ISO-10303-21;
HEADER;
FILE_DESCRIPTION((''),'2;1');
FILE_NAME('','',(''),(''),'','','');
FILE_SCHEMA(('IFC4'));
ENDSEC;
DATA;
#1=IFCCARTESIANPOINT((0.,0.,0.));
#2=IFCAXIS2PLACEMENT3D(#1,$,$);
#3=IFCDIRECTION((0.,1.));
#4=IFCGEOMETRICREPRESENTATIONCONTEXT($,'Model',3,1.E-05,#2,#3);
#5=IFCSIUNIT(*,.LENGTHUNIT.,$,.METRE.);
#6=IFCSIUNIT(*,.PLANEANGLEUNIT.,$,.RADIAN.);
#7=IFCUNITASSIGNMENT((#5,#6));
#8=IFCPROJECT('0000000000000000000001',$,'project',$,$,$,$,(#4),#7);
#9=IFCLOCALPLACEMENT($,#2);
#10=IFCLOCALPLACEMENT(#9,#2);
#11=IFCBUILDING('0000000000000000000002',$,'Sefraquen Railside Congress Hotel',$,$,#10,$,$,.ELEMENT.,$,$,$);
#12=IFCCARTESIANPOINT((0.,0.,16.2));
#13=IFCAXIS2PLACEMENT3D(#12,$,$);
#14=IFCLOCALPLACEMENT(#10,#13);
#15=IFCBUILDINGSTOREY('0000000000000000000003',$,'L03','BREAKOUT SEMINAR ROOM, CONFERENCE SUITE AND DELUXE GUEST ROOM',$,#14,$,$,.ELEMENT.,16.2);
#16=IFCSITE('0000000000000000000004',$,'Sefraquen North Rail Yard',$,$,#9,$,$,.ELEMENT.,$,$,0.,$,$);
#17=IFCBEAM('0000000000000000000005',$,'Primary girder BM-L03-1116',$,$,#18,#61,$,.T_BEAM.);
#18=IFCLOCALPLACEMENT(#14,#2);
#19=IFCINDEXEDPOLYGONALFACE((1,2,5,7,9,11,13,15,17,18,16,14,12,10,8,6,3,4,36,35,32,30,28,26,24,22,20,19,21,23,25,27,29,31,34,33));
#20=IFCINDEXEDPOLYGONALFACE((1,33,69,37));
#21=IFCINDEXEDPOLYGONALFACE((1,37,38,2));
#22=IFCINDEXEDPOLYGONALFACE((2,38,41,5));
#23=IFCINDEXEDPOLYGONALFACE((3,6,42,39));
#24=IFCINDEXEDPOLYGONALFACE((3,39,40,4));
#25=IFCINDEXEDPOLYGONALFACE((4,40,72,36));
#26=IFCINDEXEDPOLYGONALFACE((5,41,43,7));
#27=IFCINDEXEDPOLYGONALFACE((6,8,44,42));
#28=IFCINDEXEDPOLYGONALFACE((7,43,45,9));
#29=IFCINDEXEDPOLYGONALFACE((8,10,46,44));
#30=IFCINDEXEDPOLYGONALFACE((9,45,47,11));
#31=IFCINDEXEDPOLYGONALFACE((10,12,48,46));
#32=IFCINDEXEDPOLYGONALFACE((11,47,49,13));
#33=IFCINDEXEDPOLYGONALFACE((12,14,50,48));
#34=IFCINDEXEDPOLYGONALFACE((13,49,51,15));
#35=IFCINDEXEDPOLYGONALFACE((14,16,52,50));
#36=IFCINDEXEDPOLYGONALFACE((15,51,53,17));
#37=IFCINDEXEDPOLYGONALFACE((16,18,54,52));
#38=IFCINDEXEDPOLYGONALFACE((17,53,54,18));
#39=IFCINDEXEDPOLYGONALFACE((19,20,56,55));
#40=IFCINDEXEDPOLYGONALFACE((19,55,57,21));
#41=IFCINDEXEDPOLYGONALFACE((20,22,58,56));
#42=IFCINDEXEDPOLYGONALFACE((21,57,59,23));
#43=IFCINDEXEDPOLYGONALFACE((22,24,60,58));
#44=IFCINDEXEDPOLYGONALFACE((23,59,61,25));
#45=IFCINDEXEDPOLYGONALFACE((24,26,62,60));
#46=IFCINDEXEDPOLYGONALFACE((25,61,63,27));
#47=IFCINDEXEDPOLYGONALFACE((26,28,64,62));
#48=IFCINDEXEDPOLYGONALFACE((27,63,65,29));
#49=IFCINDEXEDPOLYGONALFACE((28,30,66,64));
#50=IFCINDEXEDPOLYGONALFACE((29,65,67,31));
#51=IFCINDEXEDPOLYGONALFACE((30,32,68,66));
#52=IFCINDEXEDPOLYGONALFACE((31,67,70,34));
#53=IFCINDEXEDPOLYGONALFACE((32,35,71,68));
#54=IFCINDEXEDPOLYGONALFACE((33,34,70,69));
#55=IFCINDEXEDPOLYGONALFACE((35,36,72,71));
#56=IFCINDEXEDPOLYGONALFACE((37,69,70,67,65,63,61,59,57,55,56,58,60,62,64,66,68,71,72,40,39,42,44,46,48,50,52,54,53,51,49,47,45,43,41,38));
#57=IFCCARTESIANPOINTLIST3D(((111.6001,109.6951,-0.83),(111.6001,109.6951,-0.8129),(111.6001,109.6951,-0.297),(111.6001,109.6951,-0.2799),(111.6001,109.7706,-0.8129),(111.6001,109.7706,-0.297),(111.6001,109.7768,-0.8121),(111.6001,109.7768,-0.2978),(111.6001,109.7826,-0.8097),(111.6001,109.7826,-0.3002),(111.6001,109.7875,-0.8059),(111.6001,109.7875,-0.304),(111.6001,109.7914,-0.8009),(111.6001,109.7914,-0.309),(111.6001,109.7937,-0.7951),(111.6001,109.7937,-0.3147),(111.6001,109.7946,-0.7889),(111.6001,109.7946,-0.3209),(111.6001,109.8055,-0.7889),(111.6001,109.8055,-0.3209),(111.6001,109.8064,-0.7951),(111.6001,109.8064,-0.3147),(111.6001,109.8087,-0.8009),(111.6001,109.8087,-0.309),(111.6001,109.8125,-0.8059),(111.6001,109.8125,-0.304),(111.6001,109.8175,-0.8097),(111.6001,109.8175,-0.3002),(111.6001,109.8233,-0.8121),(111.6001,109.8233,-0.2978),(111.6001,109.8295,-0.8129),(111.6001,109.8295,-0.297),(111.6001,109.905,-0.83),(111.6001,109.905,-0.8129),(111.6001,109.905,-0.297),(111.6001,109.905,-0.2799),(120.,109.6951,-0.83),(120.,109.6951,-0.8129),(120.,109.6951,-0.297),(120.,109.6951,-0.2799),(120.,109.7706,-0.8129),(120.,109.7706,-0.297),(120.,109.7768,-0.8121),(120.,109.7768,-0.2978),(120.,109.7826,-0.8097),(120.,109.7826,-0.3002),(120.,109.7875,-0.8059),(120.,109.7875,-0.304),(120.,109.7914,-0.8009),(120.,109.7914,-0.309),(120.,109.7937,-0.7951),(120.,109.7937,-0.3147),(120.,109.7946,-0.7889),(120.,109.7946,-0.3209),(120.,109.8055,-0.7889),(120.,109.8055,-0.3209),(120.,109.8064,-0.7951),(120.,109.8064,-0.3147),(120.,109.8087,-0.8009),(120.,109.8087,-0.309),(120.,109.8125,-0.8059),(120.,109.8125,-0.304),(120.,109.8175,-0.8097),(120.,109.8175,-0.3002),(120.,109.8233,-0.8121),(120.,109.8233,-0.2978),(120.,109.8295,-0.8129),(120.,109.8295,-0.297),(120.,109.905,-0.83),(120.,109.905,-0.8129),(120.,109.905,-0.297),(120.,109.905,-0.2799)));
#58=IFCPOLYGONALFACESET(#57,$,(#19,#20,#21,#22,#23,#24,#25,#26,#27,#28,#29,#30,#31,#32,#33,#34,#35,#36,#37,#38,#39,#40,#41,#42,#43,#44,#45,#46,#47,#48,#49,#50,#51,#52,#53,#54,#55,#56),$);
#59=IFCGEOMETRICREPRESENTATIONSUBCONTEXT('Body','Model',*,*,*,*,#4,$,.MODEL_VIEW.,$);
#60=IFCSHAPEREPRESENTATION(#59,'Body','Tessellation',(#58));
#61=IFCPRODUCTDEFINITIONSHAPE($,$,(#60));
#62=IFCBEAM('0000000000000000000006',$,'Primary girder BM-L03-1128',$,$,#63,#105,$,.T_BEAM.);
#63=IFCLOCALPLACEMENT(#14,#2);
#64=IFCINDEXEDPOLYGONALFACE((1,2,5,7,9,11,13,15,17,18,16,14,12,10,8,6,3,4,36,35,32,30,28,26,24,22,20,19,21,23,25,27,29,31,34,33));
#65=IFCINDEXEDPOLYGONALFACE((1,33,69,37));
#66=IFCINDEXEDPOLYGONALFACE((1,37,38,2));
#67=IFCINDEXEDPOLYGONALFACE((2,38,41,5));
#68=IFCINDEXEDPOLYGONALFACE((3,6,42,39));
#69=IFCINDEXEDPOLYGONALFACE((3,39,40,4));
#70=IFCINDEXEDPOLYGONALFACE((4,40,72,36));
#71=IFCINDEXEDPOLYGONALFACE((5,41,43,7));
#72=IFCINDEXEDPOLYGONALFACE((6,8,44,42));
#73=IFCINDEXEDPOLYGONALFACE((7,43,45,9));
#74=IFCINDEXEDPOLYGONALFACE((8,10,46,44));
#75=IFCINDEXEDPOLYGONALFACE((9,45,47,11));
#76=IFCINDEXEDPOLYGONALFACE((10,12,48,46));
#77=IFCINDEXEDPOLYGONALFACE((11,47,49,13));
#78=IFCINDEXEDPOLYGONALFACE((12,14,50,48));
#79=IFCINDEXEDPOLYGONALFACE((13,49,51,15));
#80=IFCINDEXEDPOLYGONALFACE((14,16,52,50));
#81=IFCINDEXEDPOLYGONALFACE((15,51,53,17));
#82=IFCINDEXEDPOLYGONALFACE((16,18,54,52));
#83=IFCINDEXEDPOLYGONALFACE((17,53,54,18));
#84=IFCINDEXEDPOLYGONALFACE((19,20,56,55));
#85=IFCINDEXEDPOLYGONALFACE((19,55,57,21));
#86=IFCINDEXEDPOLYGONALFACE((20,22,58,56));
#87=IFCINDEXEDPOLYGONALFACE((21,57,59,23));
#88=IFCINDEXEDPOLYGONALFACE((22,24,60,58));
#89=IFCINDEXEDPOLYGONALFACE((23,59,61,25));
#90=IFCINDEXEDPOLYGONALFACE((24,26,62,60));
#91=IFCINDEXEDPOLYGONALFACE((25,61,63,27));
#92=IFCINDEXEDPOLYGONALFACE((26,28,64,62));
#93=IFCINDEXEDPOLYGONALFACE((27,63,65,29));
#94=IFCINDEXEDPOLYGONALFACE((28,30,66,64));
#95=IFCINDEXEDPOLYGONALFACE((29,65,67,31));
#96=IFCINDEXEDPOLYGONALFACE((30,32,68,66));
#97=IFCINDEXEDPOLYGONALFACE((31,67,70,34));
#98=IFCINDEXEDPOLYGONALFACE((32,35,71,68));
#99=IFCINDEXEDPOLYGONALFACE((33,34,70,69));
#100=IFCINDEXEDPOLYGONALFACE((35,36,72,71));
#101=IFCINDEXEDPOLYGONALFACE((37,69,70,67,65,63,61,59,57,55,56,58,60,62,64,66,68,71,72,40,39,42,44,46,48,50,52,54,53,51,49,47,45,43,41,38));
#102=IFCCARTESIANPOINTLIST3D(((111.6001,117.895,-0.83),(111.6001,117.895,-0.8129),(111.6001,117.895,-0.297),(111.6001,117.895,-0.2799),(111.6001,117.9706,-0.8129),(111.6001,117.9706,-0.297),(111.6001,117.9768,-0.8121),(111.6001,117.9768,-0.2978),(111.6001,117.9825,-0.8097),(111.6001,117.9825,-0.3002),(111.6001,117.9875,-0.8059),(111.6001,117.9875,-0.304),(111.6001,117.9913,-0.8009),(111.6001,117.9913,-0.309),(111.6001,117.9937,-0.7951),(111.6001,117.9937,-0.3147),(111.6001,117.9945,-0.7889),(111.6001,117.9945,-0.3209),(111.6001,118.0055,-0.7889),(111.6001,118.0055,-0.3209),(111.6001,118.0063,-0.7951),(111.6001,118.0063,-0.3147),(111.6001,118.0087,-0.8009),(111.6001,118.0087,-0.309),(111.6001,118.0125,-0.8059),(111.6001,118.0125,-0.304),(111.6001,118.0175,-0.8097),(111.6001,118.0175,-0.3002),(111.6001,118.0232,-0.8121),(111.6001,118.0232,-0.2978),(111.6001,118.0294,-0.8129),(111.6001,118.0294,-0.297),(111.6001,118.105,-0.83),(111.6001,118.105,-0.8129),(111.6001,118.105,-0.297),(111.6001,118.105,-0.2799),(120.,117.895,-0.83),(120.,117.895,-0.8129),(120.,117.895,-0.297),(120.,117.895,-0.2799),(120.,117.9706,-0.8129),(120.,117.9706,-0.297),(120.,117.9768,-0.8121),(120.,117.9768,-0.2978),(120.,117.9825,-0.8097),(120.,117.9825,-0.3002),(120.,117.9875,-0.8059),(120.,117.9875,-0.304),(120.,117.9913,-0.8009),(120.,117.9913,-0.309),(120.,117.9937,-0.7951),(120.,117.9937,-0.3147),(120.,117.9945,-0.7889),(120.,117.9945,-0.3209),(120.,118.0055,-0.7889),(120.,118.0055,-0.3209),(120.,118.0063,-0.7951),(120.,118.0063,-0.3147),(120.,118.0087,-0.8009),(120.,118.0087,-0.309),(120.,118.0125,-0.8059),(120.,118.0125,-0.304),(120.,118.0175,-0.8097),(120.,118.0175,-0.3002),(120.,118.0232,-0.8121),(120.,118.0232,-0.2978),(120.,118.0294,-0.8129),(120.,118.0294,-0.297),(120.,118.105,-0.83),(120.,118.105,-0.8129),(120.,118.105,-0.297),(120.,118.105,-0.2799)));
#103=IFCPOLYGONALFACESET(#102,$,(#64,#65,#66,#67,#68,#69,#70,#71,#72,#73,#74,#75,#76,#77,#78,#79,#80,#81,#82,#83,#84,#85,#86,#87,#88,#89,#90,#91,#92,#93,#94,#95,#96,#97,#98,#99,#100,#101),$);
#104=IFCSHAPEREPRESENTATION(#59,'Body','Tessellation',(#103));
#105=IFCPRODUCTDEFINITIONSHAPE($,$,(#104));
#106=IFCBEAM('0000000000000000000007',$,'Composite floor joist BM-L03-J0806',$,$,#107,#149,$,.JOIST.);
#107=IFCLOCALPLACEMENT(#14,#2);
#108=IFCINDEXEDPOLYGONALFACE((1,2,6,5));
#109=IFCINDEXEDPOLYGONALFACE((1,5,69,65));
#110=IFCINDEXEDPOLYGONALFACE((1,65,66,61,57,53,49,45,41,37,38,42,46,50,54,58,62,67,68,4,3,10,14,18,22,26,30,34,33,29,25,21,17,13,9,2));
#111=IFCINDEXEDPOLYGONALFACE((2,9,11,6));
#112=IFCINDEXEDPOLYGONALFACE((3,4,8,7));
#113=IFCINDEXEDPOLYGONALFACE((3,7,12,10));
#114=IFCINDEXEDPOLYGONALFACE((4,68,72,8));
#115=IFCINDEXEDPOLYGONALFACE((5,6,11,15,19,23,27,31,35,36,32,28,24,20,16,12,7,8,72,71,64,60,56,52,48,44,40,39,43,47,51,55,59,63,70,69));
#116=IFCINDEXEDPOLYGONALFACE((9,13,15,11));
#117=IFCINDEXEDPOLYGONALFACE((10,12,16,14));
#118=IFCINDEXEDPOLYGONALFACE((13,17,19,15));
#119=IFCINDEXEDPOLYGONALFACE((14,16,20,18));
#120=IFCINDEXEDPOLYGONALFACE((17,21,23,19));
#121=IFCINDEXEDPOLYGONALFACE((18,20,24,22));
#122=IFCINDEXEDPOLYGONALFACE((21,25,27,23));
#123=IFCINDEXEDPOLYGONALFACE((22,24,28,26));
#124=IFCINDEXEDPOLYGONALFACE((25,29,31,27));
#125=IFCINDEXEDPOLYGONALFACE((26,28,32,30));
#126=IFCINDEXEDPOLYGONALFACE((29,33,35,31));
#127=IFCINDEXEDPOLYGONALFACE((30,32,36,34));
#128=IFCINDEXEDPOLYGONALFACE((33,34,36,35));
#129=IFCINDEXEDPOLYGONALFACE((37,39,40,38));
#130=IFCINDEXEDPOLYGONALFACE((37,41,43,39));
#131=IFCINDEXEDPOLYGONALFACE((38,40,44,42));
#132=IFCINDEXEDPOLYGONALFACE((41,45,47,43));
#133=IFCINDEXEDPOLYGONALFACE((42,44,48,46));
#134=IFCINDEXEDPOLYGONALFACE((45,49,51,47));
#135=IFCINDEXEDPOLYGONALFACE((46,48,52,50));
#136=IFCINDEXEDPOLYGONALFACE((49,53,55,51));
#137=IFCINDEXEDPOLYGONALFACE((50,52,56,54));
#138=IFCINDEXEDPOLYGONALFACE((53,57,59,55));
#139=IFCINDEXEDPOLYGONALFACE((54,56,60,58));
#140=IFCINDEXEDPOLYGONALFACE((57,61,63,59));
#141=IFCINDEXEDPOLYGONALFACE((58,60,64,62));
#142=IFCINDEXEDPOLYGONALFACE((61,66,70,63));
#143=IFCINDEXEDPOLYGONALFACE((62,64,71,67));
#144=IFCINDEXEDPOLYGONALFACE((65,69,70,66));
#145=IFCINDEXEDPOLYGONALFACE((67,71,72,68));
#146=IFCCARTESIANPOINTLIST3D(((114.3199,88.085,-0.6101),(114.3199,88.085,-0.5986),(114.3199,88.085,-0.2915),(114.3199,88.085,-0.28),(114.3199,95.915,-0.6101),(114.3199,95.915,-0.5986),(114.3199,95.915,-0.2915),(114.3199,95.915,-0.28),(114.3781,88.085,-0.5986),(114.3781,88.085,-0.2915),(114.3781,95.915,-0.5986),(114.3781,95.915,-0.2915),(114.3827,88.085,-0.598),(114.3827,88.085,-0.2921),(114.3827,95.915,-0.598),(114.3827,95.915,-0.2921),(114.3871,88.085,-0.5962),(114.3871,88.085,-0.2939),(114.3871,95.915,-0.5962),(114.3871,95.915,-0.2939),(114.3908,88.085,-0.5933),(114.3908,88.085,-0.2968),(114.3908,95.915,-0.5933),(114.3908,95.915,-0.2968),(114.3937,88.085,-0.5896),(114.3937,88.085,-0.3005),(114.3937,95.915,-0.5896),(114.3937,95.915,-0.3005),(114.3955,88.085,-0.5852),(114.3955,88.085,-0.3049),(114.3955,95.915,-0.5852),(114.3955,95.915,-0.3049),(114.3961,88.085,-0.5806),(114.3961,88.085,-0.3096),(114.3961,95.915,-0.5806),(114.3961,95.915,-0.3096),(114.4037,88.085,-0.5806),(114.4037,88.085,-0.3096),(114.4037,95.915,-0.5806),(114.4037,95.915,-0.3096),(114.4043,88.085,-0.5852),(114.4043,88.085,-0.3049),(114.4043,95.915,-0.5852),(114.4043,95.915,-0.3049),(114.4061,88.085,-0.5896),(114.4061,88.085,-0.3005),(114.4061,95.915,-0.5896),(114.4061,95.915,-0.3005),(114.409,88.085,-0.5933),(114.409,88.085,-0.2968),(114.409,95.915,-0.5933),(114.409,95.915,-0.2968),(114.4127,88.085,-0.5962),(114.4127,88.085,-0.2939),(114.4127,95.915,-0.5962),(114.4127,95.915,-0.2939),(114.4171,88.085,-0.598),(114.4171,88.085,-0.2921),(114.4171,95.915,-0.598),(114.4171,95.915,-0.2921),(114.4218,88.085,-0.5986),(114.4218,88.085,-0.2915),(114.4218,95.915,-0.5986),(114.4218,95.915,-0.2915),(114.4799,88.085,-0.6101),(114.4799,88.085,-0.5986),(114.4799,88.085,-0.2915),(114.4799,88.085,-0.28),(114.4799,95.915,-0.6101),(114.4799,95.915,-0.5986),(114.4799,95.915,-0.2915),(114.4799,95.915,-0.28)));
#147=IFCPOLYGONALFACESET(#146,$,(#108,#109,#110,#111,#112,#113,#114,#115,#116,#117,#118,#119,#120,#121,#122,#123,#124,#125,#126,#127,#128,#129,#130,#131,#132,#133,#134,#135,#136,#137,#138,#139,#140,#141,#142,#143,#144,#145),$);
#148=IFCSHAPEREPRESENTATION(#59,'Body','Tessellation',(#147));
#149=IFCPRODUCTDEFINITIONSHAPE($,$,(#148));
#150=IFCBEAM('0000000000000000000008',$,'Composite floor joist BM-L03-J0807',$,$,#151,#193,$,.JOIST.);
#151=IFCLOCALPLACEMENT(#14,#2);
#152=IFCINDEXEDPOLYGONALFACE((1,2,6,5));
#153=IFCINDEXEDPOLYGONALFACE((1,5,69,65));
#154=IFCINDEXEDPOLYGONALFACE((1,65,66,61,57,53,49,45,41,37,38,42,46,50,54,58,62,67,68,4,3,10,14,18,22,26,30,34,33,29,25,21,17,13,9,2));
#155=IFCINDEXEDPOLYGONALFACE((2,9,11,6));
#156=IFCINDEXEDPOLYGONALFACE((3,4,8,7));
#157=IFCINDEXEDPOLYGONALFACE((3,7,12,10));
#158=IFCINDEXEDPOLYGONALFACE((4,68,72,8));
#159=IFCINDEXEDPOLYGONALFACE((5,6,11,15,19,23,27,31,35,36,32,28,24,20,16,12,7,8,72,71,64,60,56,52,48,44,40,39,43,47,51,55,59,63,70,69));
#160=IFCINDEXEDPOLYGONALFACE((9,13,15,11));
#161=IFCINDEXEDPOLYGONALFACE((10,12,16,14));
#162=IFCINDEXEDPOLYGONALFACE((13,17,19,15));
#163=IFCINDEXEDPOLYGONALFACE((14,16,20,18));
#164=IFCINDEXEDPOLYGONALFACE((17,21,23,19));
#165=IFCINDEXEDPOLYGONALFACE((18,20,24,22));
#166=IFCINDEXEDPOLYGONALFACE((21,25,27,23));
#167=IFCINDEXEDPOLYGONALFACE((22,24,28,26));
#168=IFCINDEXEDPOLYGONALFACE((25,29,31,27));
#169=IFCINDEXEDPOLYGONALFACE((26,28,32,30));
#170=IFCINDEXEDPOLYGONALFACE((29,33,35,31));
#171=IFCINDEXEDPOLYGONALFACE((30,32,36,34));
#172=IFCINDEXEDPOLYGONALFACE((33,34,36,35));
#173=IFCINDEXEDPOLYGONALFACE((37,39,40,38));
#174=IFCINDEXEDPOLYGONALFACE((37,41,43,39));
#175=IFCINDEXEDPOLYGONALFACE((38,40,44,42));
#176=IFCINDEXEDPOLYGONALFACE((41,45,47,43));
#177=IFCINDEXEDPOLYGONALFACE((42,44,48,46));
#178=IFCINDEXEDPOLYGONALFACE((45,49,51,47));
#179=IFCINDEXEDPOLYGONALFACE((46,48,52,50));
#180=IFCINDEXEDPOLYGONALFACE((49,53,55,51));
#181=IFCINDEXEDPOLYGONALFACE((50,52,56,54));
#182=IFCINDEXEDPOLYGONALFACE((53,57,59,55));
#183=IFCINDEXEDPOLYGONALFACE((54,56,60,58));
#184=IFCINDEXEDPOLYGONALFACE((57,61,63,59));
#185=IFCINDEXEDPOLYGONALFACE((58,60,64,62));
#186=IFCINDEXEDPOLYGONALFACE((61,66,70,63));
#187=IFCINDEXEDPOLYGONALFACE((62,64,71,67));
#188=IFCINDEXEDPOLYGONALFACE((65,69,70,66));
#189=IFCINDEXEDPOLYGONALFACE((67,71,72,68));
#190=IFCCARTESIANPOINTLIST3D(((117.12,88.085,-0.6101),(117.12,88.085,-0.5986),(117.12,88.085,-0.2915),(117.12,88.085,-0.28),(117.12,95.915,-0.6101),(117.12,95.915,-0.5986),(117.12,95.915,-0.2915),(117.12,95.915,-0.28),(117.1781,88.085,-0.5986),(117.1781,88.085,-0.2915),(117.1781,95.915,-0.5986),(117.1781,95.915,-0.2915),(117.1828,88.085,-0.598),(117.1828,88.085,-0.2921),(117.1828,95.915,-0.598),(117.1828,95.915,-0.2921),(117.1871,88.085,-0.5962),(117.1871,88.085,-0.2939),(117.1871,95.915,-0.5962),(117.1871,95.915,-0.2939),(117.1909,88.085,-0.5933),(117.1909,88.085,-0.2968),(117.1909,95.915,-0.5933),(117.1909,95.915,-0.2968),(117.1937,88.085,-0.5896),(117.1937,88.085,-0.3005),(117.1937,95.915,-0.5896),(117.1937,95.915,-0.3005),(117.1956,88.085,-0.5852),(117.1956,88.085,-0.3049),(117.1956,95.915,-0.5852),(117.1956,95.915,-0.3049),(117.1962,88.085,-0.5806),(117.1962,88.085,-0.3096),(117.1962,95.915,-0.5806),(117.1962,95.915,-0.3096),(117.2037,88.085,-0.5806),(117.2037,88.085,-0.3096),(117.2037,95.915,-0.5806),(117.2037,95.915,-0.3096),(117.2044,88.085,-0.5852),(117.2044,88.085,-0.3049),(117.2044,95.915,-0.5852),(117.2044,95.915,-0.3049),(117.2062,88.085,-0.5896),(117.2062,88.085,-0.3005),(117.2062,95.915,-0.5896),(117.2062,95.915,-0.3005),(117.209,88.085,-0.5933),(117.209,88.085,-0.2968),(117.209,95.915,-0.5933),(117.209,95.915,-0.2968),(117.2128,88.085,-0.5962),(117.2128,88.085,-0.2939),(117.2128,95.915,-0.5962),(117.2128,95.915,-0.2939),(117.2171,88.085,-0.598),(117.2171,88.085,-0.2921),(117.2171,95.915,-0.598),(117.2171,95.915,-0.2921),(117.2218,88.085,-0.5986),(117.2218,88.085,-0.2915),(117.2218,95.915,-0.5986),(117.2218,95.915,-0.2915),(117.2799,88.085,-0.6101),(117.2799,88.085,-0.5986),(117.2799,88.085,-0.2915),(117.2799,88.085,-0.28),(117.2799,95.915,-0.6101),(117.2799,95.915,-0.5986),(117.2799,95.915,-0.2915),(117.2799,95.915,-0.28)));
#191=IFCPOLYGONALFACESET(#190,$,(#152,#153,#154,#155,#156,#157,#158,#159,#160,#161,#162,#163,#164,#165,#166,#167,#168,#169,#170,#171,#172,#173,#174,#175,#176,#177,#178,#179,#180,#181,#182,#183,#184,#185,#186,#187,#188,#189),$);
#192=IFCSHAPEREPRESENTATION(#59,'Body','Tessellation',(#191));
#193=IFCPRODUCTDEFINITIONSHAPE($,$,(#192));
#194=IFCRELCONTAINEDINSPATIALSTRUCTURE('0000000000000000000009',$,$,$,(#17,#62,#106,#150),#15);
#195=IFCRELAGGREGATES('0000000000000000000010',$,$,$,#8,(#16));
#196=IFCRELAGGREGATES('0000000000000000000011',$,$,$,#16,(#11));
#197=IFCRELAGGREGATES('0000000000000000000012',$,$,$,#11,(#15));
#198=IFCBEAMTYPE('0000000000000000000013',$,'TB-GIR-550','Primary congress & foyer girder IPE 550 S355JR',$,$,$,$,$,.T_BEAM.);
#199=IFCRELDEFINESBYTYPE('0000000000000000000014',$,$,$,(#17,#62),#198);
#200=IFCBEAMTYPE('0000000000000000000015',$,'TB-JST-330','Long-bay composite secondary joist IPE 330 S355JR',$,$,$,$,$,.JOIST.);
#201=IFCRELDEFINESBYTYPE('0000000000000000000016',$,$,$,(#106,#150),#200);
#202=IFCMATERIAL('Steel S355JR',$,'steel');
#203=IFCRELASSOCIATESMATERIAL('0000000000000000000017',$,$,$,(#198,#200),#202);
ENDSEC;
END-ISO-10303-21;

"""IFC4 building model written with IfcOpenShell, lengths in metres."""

from ifc_helpers import new_model, si_unit, direction, frame, origin, origin_2d, place, context, subcontext, project, spatial, i_section, extrude, material, material_profile, profile_set, type_object, element, save


model = new_model("IFC4")

# Units and contexts
model_context = context("Model", 3, precision=1e-05, world=origin(), true_north=direction((0.0, 1.0)))
body_context = subcontext(model_context, "Body", "Model", "MODEL_VIEW")
ifc_project = project(units=[si_unit("LENGTHUNIT", "METRE"), si_unit("PLANEANGLEUNIT", "RADIAN")], contexts=[model_context])

# Site, building, storey
site_placement = place(None, origin())
site = spatial("IfcSite", under=ifc_project, at=site_placement, Name="Sefraquen North Rail Yard", CompositionType="ELEMENT", RefElevation=0.0)
building_placement = place(site_placement, origin())
building = spatial("IfcBuilding", under=site, at=building_placement, Name="Sefraquen Railside Congress Hotel", CompositionType="ELEMENT")
storey_placement = place(building_placement, frame((0.0, 0.0, 16.2)))
storey = spatial("IfcBuildingStorey", under=building, at=storey_placement, Name="L03", Description="BREAKOUT SEMINAR ROOM, CONFERENCE SUITE AND DELUXE GUEST ROOM", CompositionType="ELEMENT", Elevation=16.2)

# Shared definitions
ifc_material_1 = material(Name="Steel S355JR", Category="steel")

# Beams
ifc_material_profile_1 = material_profile(ifc_material_1, i_section(OverallWidth=0.21, OverallDepth=0.55, WebThickness=0.011, FlangeThickness=0.0171, FilletRadius=0.0239, at=origin_2d()), Name="IPE 550")
ifc_profile_set_1 = profile_set([ifc_material_profile_1], Name="Steel S355JR")
beam_type_1 = type_object("IfcBeamType", Name="TB-GIR-550", Description="Primary congress & foyer girder IPE 550 S355JR", PredefinedType="T_BEAM", material=ifc_profile_set_1)
for number, where, z_axis, x_axis, name in (
    (1, (111.6001, 109.8, -0.5549), (1.0, 0.0, 0.0), (0.0, 1.0, 0.0), "Primary girder BM-L03-1116"),
    (2, (111.6001, 118.0, -0.5549), (1.0, 0.0, 0.0), (0.0, 1.0, 0.0), "Primary girder BM-L03-1128"),
):
    element("IfcBeam", number, at=place(storey_placement, frame(where, z_axis=z_axis, x_axis=x_axis)), inside=storey, type_object=beam_type_1, Name=name, PredefinedType="T_BEAM", context=body_context, shape_type="SweptSolid", body=[
        extrude(i_section(OverallWidth=0.21, OverallDepth=0.55, WebThickness=0.011, FlangeThickness=0.0171, FilletRadius=0.0239, at=origin_2d()), origin(), (0.0, 0.0, 1.0), 8.3999),
    ])
ifc_material_profile_2 = material_profile(ifc_material_1, i_section(OverallWidth=0.1599, OverallDepth=0.3301, WebThickness=0.0076, FlangeThickness=0.0115, FilletRadius=0.0181, at=origin_2d()), Name="IPE 330")
ifc_profile_set_2 = profile_set([ifc_material_profile_2], Name="Steel S355JR")
beam_type_2 = type_object("IfcBeamType", Name="TB-JST-330", Description="Long-bay composite secondary joist IPE 330 S355JR", PredefinedType="JOIST", material=ifc_profile_set_2)
for number, where, z_axis, x_axis, name in (
    (3, (114.3999, 88.085, -0.4451), (0.0, 1.0, 0.0), (-1.0, 0.0, 0.0), "Composite floor joist BM-L03-J0806"),
    (4, (117.2, 88.085, -0.4451), (0.0, 1.0, 0.0), (-1.0, 0.0, 0.0), "Composite floor joist BM-L03-J0807"),
):
    element("IfcBeam", number, at=place(storey_placement, frame(where, z_axis=z_axis, x_axis=x_axis)), inside=storey, type_object=beam_type_2, Name=name, PredefinedType="JOIST", context=body_context, shape_type="SweptSolid", body=[
        extrude(i_section(OverallWidth=0.1599, OverallDepth=0.3301, WebThickness=0.0076, FlangeThickness=0.0115, FilletRadius=0.0181, at=origin_2d()), origin(), (0.0, 0.0, 1.0), 7.8301),
    ])

save(model, "model.ifc")
